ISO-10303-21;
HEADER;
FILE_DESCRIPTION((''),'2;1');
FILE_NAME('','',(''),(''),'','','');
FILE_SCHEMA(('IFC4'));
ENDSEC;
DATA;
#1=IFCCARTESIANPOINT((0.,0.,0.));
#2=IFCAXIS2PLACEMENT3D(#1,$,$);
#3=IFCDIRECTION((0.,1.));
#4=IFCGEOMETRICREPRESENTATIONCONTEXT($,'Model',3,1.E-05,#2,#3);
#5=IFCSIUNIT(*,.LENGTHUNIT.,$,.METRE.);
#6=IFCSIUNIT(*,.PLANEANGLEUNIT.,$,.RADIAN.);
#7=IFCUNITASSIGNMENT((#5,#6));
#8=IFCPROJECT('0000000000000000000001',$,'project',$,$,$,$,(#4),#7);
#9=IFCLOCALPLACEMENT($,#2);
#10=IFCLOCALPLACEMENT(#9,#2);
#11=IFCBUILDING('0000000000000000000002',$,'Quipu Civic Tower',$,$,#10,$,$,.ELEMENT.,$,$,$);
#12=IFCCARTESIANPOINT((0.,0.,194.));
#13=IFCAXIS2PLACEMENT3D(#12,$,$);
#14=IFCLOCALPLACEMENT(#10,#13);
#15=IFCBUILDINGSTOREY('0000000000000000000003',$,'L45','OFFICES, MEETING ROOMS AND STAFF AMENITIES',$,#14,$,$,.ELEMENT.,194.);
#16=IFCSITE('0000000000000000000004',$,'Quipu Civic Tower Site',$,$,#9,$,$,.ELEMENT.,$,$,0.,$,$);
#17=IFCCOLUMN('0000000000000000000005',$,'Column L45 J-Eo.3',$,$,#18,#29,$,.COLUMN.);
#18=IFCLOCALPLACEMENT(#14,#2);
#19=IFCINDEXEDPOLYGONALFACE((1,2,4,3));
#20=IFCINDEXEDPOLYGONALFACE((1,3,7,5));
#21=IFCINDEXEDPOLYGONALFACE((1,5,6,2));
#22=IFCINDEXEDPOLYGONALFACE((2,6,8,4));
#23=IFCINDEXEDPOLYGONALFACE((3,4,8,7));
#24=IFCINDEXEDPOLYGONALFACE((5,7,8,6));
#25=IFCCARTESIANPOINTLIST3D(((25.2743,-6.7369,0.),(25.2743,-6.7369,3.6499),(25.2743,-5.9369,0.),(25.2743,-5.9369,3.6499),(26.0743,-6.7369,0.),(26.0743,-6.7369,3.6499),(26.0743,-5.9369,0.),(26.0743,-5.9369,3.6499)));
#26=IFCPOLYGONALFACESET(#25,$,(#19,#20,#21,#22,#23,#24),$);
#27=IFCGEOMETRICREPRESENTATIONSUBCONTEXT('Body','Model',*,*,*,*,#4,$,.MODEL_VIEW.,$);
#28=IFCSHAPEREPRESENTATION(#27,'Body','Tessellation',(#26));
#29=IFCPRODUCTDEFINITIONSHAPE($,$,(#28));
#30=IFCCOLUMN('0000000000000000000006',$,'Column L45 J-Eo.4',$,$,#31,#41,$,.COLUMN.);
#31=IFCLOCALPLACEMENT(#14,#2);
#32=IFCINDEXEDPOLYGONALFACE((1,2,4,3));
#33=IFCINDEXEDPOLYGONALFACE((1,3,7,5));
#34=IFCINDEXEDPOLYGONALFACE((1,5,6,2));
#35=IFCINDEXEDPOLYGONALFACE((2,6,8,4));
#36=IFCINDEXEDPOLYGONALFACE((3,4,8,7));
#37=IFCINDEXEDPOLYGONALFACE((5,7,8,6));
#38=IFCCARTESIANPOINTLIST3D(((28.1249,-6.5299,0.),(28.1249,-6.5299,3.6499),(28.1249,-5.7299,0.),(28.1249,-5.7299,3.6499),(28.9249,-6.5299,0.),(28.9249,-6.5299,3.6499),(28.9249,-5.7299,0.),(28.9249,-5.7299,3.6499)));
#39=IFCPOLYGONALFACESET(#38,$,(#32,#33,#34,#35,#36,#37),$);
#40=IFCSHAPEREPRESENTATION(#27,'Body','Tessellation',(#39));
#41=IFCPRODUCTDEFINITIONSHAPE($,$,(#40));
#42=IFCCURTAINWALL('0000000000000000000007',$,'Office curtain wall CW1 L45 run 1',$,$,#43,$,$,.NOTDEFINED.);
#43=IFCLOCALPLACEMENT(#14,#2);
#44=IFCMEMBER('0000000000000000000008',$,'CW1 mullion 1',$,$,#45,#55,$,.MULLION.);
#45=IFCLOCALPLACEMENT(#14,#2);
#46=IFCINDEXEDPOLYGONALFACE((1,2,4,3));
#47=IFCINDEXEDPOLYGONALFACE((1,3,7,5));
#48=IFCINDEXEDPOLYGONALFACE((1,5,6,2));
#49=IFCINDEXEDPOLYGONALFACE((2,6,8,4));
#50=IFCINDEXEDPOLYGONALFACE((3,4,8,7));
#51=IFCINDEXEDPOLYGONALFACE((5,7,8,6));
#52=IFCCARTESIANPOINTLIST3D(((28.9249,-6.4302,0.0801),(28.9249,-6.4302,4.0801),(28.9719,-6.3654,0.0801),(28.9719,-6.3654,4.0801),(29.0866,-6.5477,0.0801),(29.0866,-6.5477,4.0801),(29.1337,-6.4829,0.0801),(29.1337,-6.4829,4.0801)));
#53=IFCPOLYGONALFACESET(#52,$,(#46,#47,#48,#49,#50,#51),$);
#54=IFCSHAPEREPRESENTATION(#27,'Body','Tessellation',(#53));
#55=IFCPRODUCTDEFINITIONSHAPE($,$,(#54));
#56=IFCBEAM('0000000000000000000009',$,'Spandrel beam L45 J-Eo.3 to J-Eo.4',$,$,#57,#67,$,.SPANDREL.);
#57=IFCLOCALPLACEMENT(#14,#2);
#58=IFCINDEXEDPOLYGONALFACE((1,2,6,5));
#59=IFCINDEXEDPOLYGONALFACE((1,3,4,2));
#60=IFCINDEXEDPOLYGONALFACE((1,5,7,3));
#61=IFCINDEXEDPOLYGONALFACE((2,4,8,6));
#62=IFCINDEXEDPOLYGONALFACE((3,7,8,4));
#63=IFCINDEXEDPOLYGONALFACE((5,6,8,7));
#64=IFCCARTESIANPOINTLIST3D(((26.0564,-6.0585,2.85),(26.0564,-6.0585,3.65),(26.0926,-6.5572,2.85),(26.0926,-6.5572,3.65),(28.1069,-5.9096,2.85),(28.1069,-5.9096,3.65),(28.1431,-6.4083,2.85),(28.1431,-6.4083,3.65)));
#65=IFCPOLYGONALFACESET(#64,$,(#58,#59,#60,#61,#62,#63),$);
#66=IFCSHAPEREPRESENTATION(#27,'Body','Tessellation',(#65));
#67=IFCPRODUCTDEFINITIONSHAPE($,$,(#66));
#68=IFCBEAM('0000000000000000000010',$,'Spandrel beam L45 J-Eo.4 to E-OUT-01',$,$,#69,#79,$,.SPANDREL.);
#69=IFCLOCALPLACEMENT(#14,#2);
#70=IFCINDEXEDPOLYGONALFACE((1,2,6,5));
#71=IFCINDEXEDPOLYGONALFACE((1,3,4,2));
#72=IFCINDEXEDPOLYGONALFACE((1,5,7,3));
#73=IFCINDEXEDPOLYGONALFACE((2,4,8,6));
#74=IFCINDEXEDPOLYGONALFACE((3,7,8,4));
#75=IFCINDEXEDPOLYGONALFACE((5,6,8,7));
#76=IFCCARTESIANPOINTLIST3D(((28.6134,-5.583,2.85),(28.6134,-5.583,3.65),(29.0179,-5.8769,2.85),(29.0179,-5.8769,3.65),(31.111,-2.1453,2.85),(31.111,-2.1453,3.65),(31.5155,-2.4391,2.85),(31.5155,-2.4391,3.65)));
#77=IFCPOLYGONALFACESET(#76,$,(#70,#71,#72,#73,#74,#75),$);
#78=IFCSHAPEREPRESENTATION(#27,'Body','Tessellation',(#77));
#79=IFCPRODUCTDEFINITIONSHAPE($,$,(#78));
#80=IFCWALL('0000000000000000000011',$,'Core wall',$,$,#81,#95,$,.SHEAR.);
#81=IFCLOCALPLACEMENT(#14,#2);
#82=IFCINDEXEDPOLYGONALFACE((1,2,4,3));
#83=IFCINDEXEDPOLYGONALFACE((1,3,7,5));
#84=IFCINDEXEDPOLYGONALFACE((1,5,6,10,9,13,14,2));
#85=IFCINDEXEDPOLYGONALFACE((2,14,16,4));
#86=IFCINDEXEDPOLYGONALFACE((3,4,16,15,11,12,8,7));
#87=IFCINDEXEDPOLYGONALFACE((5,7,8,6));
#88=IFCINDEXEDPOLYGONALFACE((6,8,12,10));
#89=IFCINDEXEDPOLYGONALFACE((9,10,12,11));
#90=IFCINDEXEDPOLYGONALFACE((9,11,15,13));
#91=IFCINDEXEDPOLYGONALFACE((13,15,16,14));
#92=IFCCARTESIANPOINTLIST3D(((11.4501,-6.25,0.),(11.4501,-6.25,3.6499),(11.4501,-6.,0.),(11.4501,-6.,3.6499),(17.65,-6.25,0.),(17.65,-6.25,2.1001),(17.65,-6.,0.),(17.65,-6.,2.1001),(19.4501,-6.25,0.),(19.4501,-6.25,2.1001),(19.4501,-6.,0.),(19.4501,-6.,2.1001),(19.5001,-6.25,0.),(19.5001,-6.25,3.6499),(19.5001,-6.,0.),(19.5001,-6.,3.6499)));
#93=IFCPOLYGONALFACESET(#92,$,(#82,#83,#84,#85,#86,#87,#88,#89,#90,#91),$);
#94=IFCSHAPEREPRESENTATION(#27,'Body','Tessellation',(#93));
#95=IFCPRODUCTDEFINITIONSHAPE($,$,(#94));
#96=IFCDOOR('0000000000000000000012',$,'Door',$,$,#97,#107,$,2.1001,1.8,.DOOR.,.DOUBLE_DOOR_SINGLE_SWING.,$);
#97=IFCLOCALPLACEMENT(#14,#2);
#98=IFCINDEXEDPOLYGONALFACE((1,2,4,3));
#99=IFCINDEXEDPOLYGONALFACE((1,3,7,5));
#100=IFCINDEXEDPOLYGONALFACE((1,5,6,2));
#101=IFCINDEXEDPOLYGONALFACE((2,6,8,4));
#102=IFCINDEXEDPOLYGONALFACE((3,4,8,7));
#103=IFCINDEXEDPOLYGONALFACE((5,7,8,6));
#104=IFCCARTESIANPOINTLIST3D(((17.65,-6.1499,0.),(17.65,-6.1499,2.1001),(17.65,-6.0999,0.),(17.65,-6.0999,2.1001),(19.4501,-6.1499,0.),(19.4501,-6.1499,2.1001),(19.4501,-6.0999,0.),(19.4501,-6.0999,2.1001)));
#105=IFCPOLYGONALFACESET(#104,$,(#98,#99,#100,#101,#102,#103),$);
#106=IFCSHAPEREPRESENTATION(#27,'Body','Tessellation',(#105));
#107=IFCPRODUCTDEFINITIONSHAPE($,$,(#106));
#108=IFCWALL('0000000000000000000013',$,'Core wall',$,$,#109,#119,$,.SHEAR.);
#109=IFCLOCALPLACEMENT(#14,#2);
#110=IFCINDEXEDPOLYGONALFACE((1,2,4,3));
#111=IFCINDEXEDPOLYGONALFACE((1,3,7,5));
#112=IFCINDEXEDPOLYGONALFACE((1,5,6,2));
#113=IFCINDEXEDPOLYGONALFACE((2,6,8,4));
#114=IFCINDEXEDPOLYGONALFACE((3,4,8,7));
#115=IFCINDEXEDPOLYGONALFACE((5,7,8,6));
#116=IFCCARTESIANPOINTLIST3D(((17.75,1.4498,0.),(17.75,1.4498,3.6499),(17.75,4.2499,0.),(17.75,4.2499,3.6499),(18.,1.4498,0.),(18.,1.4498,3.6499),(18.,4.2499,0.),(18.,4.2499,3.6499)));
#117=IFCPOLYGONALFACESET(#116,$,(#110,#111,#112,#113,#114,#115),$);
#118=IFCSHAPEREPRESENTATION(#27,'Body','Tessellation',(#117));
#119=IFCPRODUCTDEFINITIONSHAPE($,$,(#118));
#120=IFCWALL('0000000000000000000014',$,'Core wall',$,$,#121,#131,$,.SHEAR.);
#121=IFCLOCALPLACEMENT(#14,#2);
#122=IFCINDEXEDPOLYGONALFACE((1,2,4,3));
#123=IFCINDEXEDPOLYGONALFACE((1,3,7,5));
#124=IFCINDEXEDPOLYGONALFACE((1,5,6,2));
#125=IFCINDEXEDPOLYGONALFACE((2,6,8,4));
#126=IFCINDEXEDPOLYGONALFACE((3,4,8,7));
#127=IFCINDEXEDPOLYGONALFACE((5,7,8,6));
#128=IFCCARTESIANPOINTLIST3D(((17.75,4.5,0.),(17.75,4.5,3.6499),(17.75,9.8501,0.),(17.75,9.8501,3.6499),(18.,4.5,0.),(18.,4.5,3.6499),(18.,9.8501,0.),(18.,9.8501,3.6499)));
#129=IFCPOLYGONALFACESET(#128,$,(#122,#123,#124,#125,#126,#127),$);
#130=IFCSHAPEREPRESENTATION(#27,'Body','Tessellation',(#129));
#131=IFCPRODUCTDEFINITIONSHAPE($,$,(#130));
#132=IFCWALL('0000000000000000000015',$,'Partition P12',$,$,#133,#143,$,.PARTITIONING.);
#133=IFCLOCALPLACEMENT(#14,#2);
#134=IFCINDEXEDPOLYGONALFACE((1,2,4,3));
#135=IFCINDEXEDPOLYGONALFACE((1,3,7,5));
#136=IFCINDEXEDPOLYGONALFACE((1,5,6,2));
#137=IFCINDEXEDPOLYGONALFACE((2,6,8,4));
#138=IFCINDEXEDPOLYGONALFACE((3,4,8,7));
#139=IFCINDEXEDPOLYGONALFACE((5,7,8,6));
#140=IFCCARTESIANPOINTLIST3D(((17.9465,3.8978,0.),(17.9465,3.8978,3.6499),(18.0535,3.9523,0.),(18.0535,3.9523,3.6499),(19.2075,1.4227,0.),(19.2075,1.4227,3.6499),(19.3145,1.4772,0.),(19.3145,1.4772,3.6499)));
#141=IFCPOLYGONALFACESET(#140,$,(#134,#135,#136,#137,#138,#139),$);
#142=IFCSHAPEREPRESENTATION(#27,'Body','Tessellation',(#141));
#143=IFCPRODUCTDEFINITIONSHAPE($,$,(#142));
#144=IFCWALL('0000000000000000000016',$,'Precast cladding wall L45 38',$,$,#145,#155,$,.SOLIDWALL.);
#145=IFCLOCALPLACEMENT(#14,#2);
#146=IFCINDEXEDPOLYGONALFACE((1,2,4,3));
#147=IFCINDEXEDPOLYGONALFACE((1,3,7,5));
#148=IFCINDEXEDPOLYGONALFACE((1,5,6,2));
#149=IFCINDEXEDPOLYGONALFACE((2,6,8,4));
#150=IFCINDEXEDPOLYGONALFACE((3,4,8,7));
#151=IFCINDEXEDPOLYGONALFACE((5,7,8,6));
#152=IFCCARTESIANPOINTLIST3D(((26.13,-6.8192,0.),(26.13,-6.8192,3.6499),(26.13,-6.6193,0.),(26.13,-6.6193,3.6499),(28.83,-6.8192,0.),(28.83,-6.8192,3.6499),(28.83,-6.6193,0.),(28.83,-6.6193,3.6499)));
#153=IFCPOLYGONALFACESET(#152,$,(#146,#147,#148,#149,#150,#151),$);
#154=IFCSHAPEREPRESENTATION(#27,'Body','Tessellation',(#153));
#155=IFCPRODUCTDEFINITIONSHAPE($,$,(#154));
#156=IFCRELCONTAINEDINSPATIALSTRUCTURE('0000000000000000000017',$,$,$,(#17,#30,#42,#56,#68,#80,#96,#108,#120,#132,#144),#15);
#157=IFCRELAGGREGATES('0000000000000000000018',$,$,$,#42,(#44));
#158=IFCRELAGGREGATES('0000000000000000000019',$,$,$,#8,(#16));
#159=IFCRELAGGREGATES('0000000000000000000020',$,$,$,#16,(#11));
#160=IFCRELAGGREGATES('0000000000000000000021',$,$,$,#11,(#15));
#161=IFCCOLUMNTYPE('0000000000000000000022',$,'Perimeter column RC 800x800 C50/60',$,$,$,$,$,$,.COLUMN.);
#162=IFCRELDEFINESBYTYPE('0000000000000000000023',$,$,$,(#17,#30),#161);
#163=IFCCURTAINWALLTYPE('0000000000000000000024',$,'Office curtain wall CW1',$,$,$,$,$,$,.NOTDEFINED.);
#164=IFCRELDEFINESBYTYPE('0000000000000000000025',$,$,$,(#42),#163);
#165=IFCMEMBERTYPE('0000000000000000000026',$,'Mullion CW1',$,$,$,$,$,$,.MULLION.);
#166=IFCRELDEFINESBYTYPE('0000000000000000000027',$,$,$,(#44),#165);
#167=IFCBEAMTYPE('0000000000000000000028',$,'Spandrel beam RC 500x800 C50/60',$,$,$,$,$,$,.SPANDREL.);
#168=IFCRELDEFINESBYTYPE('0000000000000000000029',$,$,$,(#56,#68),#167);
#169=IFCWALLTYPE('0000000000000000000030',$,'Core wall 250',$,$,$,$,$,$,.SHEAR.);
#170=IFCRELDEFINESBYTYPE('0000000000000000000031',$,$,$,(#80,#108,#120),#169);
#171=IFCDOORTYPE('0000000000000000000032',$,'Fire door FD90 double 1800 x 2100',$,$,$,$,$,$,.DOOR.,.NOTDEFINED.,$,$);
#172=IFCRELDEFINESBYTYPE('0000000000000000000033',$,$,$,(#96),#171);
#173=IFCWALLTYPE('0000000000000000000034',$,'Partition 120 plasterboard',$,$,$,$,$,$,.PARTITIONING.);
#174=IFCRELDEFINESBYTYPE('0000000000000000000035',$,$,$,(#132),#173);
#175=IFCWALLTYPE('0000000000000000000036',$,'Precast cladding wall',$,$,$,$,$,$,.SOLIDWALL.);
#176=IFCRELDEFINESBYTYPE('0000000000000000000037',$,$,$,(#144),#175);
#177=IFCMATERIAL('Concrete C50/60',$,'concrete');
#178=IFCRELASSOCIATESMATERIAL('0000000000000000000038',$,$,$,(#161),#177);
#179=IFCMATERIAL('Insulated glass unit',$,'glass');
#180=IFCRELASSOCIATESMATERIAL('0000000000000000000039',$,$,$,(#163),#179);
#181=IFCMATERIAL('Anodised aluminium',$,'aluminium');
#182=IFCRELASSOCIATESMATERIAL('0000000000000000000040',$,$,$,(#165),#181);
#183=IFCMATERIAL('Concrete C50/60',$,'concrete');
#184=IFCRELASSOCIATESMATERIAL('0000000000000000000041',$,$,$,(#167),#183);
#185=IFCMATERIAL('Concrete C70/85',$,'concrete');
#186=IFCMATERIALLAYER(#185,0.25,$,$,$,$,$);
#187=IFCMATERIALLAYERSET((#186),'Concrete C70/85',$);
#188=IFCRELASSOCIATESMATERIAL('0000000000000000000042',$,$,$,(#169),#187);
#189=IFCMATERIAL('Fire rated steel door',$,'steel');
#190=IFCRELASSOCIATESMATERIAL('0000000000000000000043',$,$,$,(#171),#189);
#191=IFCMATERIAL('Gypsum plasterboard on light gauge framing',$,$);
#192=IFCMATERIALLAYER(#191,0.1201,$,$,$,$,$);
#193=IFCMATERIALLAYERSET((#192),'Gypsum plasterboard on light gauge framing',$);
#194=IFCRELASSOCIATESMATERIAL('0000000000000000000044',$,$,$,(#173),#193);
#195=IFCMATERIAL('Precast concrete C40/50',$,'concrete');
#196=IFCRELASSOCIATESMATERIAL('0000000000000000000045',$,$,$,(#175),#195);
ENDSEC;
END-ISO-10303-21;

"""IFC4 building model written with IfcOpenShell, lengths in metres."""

from ifc_helpers import new_model, si_unit, direction, frame, frame_2d, origin, origin_2d, place, context, subcontext, project, spatial, rectangle, extrude, material, layer, layer_set, material_profile, profile_set, type_object, element, fill, aggregate, save


model = new_model("IFC4")

# Units and contexts
model_context = context("Model", 3, precision=1e-05, world=origin(), true_north=direction((0.0, 1.0)))
body_context = subcontext(model_context, "Body", "Model", "MODEL_VIEW")
ifc_project = project(units=[si_unit("LENGTHUNIT", "METRE"), si_unit("PLANEANGLEUNIT", "RADIAN")], contexts=[model_context])

# Site, building, storey
site_placement = place(None, origin())
site = spatial("IfcSite", under=ifc_project, at=site_placement, Name="Quipu Civic Tower Site", CompositionType="ELEMENT", RefElevation=0.0)
building_placement = place(site_placement, origin())
building = spatial("IfcBuilding", under=site, at=building_placement, Name="Quipu Civic Tower", CompositionType="ELEMENT")
storey_placement = place(building_placement, frame((0.0, 0.0, 194.0)))
storey = spatial("IfcBuildingStorey", under=building, at=storey_placement, Name="L45", Description="OFFICES, MEETING ROOMS AND STAFF AMENITIES", CompositionType="ELEMENT", Elevation=194.0)

# Columns
ifc_material_1 = material(Name="Concrete C50/60", Category="concrete")
ifc_material_profile_1 = material_profile(ifc_material_1, rectangle(XDim=0.8, YDim=0.8, at=origin_2d()), Name="RC800x800")
ifc_profile_set_1 = profile_set([ifc_material_profile_1], Name="Concrete C50/60")
column_type = type_object("IfcColumnType", Name="Perimeter column RC 800x800 C50/60", PredefinedType="COLUMN", material=ifc_profile_set_1)
for number, where, z_axis, x_axis, name in (
    (1, (25.6743, -6.3369, 0.0), (0.0, 0.0, 1.0), (1.0, 0.0, 0.0), "Column L45 J-Eo.3"),
    (2, (28.5249, -6.1299, 0.0), (0.0, 0.0, 1.0), (1.0, 0.0, 0.0), "Column L45 J-Eo.4"),
):
    element("IfcColumn", number, at=place(storey_placement, frame(where, z_axis=z_axis, x_axis=x_axis)), inside=storey, type_object=column_type, Name=name, PredefinedType="COLUMN", context=body_context, shape_type="SweptSolid", body=[
        extrude(rectangle(XDim=0.8, YDim=0.8, at=origin_2d()), origin(), (0.0, 0.0, 1.0), 3.6499),
    ])

# Curtain wall, member
ifc_material_2 = material(Name="Insulated glass unit", Category="glass")
curtain_wall_type = type_object("IfcCurtainWallType", Name="Office curtain wall CW1", PredefinedType="NOTDEFINED", material=ifc_material_2)
curtain_wall_placement = place(storey_placement, origin())
curtain_wall = element("IfcCurtainWall", 3, at=curtain_wall_placement, inside=storey, type_object=curtain_wall_type, Name="Office curtain wall CW1 L45 run 1", PredefinedType="NOTDEFINED")
ifc_material_3 = material(Name="Anodised aluminium", Category="aluminium")
ifc_material_profile_2 = material_profile(ifc_material_3, rectangle(XDim=0.2, YDim=0.0801, at=origin_2d()), Name="RECT 200x80")
ifc_profile_set_2 = profile_set([ifc_material_profile_2], Name="Anodised aluminium")
member_type = type_object("IfcMemberType", Name="Mullion CW1", PredefinedType="MULLION", material=ifc_profile_set_2)
member_placement = place(storey_placement, frame((29.0293, -6.4565, 0.0801), z_axis=(0.0, 0.0, 1.0), x_axis=(-0.809016, 0.587787, 0.0)))
member = element("IfcMember", 4, at=member_placement, type_object=member_type, Name="CW1 mullion 1", PredefinedType="MULLION", context=body_context, shape_type="SweptSolid", body=[
    extrude(rectangle(XDim=0.2, YDim=0.0801, at=origin_2d()), origin(), (0.0, 0.0, 1.0), 4.0),
])
aggregate(curtain_wall, [member])

# Beams
ifc_material_4 = material(Name="Concrete C50/60", Category="concrete")
ifc_material_profile_3 = material_profile(ifc_material_4, rectangle(XDim=0.5, YDim=0.8, at=origin_2d()), Name="RC500x800")
ifc_profile_set_3 = profile_set([ifc_material_profile_3], Name="Concrete C50/60")
beam_type = type_object("IfcBeamType", Name="Spandrel beam RC 500x800 C50/60", PredefinedType="SPANDREL", material=ifc_profile_set_3)
beam_1_placement = place(storey_placement, frame((26.0745, -6.3079, 3.25), z_axis=(0.997373, 0.072437, 0.0), x_axis=(-0.072437, 0.997373, 0.0)))
element("IfcBeam", 5, at=beam_1_placement, inside=storey, type_object=beam_type, Name="Spandrel beam L45 J-Eo.3 to J-Eo.4", PredefinedType="SPANDREL", context=body_context, shape_type="SweptSolid", body=[
    extrude(rectangle(XDim=0.5, YDim=0.8, at=origin_2d()), origin(), (0.0, 0.0, 1.0), 2.0559),
])
beam_2_placement = place(storey_placement, frame((28.8157, -5.73, 3.25), z_axis=(0.587769, 0.809029, 0.0), x_axis=(-0.809029, 0.587769, 0.0)))
element("IfcBeam", 6, at=beam_2_placement, inside=storey, type_object=beam_type, Name="Spandrel beam L45 J-Eo.4 to E-OUT-01", PredefinedType="SPANDREL", context=body_context, shape_type="SweptSolid", body=[
    extrude(rectangle(XDim=0.5, YDim=0.8, at=origin_2d()), origin(), (0.0, 0.0, 1.0), 4.2493),
])

# Wall, opening, door
ifc_material_5 = material(Name="Concrete C70/85", Category="concrete")
ifc_layer_1 = layer(ifc_material_5, 0.25)
ifc_layer_set_1 = layer_set([ifc_layer_1], Name="Concrete C70/85")
wall_type_1 = type_object("IfcWallType", Name="Core wall 250", PredefinedType="SHEAR", material=ifc_layer_set_1)
wall_1_placement = place(storey_placement, frame((19.5, -6.125, 0.0), z_axis=(0.0, 0.0, 1.0), x_axis=(-1.0, 0.0, 0.0)))
wall_1 = element("IfcWall", 7, at=wall_1_placement, inside=storey, type_object=wall_type_1, Name="Core wall", PredefinedType="SHEAR", context=body_context, shape_type="SweptSolid", body=[
    extrude(rectangle(XDim=8.05, YDim=0.25, at=frame_2d((4.0249, 0.0))), origin(), (0.0, 0.0, 1.0), 3.6499),
])
opening_1_placement = place(wall_1_placement, frame((0.05, 0.0, 0.0)))
opening_1 = element("IfcOpeningElement", 8, at=opening_1_placement, cuts=wall_1, PredefinedType="OPENING", context=body_context, shape_type="SweptSolid", body=[
    extrude(rectangle(XDim=1.8, YDim=2.1001, at=frame_2d((0.8999, 1.05))), frame((0.0, 0.135, 0.0), z_axis=(0.0, -1.0, 0.0), x_axis=(1.0, 0.0, 0.0)), (0.0, 0.0, 1.0), 0.27),
])
ifc_material_6 = material(Name="Fire rated steel door", Category="steel")
door_type_1 = type_object("IfcDoorType", Name="Fire door FD90 double 1800 x 2100", OperationType="NOTDEFINED", PredefinedType="DOOR", material=ifc_material_6)
door_1_placement = place(opening_1_placement, origin())
door_1 = element("IfcDoor", 9, at=door_1_placement, inside=storey, type_object=door_type_1, Name="Door", OperationType="DOUBLE_DOOR_SINGLE_SWING", OverallHeight=2.1001, OverallWidth=1.8, PredefinedType="DOOR", context=body_context, shape_type="SweptSolid", body=[
    extrude(rectangle(XDim=1.8, YDim=2.1001, at=frame_2d((0.8999, 1.05))), frame((0.0, 0.0249, 0.0), z_axis=(0.0, -1.0, 0.0), x_axis=(1.0, 0.0, 0.0)), (0.0, 0.0, 1.0), 0.05),
])
fill(opening_1, door_1)

# Walls
wall_2_placement = place(storey_placement, frame((17.875, 1.45, 0.0), z_axis=(0.0, 0.0, 1.0), x_axis=(0.0, 1.0, 0.0)))
element("IfcWall", 10, at=wall_2_placement, inside=storey, type_object=wall_type_1, Name="Core wall", PredefinedType="SHEAR", context=body_context, shape_type="SweptSolid", body=[
    extrude(rectangle(XDim=2.8, YDim=0.25, at=frame_2d((1.3999, 0.0))), origin(), (0.0, 0.0, 1.0), 3.6499),
])
wall_3_placement = place(storey_placement, frame((17.875, 4.5, 0.0), z_axis=(0.0, 0.0, 1.0), x_axis=(0.0, 1.0, 0.0)))
element("IfcWall", 11, at=wall_3_placement, inside=storey, type_object=wall_type_1, Name="Core wall", PredefinedType="SHEAR", context=body_context, shape_type="SweptSolid", body=[
    extrude(rectangle(XDim=5.3501, YDim=0.25, at=frame_2d((2.675, 0.0))), origin(), (0.0, 0.0, 1.0), 3.6499),
])

# Walls
ifc_material_7 = material(Name="Gypsum plasterboard on light gauge framing")
ifc_layer_2 = layer(ifc_material_7, 0.1201)
ifc_layer_set_2 = layer_set([ifc_layer_2], Name="Gypsum plasterboard on light gauge framing")
wall_type_2 = type_object("IfcWallType", Name="Partition 120 plasterboard", PredefinedType="PARTITIONING", material=ifc_layer_set_2)
wall_4_placement = place(storey_placement, frame((18.0, 3.925, 0.0), z_axis=(0.0, 0.0, 1.0), x_axis=(0.453951, -0.891027, 0.0)))
element("IfcWall", 12, at=wall_4_placement, inside=storey, type_object=wall_type_2, Name="Partition P12", PredefinedType="PARTITIONING", context=body_context, shape_type="SweptSolid", body=[
    extrude(rectangle(XDim=2.7778, YDim=0.1201, at=frame_2d((1.3889, 0.0))), origin(), (0.0, 0.0, 1.0), 3.6499),
])
ifc_material_8 = material(Name="Precast concrete C40/50", Category="concrete")
wall_type_3 = type_object("IfcWallType", Name="Precast cladding wall", PredefinedType="SOLIDWALL", material=ifc_material_8)
wall_5_placement = place(storey_placement, frame((26.1299, -6.7192, 0.0), z_axis=(0.0, 0.0, 1.0), x_axis=(1.0, 0.0, 0.0)))
element("IfcWall", 13, at=wall_5_placement, inside=storey, type_object=wall_type_3, Name="Precast cladding wall L45 38", PredefinedType="SOLIDWALL", context=body_context, shape_type="SweptSolid", body=[
    extrude(rectangle(XDim=2.7, YDim=0.2, at=frame_2d((1.3501, 0.0))), origin(), (0.0, 0.0, 1.0), 3.6499),
])

save(model, "model.ifc")
